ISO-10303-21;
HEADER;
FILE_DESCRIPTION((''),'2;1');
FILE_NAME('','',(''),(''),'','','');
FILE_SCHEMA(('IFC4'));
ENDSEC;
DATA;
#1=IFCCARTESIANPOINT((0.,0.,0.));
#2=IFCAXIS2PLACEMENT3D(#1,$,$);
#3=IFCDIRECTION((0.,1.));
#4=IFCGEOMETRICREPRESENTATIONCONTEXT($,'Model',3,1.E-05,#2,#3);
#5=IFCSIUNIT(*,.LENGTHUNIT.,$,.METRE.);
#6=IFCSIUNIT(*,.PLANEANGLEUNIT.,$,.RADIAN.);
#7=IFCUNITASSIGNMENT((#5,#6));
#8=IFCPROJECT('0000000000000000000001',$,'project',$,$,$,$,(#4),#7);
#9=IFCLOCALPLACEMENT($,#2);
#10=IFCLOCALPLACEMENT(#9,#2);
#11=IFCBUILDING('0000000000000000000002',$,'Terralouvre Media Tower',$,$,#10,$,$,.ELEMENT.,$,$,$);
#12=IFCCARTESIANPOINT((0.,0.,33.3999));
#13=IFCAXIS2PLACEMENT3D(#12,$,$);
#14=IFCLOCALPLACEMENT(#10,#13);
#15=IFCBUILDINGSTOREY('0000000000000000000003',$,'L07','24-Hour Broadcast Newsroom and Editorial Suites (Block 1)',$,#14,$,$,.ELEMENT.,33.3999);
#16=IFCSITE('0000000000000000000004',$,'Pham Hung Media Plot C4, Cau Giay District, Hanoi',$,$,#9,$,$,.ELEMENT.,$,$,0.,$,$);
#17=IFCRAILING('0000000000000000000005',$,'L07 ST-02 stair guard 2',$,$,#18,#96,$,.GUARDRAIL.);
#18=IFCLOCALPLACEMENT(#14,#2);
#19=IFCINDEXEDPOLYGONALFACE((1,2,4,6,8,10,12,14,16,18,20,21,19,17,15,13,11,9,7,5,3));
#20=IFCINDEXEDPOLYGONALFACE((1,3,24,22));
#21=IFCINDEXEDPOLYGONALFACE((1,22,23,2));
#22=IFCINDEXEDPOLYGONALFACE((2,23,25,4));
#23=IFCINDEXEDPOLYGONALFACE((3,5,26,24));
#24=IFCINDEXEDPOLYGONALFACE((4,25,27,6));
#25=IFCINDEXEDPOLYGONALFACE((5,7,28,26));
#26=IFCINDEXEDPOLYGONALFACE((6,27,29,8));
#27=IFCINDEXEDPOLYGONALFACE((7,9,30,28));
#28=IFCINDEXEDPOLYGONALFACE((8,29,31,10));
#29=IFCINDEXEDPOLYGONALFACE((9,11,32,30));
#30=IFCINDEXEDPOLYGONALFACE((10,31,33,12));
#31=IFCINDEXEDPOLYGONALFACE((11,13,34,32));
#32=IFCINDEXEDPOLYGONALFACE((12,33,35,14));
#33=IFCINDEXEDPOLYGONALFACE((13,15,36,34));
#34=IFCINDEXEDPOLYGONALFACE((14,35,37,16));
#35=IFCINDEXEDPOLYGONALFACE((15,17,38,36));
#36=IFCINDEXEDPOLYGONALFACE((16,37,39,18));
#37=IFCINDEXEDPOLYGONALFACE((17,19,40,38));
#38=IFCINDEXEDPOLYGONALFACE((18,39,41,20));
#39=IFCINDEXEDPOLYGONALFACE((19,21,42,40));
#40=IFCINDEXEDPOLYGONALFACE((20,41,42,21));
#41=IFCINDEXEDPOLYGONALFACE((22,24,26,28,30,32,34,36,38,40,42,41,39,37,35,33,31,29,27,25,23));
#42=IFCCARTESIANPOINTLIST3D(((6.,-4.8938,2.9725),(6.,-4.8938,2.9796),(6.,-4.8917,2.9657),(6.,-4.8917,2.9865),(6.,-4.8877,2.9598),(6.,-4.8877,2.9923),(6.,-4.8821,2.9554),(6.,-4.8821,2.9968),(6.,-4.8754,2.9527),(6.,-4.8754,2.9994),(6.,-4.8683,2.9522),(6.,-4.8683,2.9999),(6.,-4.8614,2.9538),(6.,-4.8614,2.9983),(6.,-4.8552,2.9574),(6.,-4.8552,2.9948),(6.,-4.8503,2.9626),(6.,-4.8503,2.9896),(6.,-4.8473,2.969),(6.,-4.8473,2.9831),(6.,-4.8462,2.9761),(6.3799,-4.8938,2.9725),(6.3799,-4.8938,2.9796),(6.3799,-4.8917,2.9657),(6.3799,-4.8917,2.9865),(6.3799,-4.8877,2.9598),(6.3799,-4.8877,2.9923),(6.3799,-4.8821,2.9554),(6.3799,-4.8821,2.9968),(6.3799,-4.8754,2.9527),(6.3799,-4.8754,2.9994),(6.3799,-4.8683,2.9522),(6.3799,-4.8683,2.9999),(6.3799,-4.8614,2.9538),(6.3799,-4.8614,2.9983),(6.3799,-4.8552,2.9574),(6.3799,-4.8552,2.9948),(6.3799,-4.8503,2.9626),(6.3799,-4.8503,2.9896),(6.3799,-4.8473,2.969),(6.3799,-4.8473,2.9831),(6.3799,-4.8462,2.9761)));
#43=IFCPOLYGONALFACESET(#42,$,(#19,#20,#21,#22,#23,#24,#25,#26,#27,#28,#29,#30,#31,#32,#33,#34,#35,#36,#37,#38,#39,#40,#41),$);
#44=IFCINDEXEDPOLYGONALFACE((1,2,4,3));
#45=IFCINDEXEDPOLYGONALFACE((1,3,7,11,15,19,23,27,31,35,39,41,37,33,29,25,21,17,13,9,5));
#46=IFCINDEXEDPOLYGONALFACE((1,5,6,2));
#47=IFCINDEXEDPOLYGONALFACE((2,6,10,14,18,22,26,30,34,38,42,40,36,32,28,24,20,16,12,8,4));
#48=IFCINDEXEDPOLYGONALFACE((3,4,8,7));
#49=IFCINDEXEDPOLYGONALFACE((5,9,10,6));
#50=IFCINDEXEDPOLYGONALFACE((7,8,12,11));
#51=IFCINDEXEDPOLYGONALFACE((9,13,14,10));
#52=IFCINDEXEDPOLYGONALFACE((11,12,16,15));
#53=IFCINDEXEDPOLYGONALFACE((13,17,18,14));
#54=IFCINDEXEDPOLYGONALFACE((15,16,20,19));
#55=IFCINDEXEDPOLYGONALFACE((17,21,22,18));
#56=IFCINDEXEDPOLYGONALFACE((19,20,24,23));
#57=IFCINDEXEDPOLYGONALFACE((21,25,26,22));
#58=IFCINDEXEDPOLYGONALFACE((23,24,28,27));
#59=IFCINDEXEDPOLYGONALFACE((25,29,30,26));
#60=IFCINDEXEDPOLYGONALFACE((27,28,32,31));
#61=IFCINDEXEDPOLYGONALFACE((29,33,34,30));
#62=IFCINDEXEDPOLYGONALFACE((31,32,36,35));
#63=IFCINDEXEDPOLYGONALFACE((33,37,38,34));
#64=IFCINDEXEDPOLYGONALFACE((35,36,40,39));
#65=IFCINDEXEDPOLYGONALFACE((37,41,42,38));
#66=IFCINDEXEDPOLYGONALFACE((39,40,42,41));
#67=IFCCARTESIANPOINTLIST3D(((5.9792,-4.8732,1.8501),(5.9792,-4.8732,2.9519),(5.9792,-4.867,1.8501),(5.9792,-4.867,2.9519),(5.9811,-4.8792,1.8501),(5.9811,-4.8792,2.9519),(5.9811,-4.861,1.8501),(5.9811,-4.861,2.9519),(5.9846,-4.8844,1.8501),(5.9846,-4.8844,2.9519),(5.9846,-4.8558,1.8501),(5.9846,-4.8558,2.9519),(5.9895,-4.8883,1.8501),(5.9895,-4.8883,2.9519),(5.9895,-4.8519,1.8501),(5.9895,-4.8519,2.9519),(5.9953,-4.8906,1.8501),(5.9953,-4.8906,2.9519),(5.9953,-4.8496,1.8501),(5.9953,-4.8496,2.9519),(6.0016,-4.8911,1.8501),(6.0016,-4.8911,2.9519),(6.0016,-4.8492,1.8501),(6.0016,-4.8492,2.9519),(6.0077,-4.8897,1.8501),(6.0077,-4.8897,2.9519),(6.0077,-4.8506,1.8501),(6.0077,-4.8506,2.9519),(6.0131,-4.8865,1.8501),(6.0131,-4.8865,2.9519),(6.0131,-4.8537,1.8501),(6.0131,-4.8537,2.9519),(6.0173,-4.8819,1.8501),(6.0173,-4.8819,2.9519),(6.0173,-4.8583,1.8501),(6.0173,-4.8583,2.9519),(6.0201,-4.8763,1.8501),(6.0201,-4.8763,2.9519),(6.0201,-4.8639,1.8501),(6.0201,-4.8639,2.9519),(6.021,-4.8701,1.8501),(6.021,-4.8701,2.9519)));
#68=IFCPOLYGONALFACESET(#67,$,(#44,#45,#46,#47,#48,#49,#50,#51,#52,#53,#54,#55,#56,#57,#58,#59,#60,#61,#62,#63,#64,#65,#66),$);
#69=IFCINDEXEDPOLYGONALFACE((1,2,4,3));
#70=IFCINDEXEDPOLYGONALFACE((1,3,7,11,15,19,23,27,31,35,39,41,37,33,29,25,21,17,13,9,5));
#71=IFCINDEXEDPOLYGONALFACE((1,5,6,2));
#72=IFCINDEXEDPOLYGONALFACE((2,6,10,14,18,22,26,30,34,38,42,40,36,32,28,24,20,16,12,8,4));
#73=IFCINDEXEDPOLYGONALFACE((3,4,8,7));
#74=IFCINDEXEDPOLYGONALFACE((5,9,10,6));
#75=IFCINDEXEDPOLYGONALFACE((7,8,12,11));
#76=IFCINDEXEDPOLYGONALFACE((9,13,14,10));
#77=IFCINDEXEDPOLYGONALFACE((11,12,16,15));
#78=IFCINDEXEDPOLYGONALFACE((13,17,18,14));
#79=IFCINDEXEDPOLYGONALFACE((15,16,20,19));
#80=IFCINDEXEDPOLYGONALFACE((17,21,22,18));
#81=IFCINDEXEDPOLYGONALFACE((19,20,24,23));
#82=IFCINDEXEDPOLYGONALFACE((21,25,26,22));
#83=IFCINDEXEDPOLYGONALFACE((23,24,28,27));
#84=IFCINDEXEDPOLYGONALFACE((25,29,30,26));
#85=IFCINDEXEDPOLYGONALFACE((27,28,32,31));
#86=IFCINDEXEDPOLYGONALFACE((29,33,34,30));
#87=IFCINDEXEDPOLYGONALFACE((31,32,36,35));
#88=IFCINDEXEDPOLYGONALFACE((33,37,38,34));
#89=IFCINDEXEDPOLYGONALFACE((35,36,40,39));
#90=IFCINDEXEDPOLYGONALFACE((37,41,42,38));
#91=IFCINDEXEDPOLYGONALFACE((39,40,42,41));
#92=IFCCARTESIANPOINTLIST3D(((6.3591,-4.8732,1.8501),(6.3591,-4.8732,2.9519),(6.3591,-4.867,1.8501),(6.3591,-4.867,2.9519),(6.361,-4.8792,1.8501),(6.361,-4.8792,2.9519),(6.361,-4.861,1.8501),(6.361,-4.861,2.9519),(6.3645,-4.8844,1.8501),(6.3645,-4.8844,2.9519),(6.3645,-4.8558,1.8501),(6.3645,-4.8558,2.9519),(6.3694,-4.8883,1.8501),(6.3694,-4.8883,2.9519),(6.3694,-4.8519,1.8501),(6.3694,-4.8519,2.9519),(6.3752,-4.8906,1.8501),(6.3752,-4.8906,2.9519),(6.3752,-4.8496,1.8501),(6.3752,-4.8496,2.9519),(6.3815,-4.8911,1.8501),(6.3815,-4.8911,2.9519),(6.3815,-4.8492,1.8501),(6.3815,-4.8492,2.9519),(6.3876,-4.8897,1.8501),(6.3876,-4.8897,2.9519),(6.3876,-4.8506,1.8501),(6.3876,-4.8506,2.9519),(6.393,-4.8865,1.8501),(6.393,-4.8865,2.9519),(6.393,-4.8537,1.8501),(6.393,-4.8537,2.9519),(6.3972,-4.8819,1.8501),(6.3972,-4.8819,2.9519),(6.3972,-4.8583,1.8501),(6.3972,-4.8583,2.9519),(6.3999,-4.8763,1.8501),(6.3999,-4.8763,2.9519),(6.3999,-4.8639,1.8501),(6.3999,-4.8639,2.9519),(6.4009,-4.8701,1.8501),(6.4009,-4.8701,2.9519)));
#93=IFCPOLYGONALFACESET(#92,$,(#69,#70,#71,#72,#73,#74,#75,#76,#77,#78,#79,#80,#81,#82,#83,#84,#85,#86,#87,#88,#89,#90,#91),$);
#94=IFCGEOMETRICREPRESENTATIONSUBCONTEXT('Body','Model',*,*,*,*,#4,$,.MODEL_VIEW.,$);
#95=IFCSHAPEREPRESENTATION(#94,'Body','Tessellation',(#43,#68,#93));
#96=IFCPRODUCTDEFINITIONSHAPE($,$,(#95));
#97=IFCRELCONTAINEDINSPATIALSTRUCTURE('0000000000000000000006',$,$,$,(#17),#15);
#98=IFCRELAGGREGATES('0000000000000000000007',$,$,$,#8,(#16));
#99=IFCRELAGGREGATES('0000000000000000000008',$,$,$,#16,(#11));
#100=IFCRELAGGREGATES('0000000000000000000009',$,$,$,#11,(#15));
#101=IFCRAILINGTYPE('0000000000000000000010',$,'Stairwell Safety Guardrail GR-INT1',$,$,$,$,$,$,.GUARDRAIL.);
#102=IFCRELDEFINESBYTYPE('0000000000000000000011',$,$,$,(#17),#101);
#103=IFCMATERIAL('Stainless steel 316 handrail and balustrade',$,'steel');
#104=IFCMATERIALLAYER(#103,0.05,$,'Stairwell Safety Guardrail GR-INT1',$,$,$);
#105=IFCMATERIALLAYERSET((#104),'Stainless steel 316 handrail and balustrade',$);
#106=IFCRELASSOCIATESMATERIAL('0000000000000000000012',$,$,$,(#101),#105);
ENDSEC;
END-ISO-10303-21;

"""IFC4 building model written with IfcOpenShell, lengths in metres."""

from ifc_helpers import new_model, si_unit, direction, frame, origin, origin_2d, place, context, subcontext, project, spatial, circle, extrude, material, layer, layer_set, type_object, element, save


model = new_model("IFC4")

# Units and contexts
model_context = context("Model", 3, precision=1e-05, world=origin(), true_north=direction((0.0, 1.0)))
body_context = subcontext(model_context, "Body", "Model", "MODEL_VIEW")
ifc_project = project(units=[si_unit("LENGTHUNIT", "METRE"), si_unit("PLANEANGLEUNIT", "RADIAN")], contexts=[model_context])

# Site, building, storey
site_placement = place(None, origin())
site = spatial("IfcSite", under=ifc_project, at=site_placement, Name="Pham Hung Media Plot C4, Cau Giay District, Hanoi", CompositionType="ELEMENT", RefElevation=0.0)
building_placement = place(site_placement, origin())
building = spatial("IfcBuilding", under=site, at=building_placement, Name="Terralouvre Media Tower", CompositionType="ELEMENT")
storey_placement = place(building_placement, frame((0.0, 0.0, 33.3999)))
storey = spatial("IfcBuildingStorey", under=building, at=storey_placement, Name="L07", Description="24-Hour Broadcast Newsroom and Editorial Suites (Block 1)", CompositionType="ELEMENT", Elevation=33.3999)

# Railing
ifc_material_1 = material(Name="Stainless steel 316 handrail and balustrade", Category="steel")
ifc_layer_1 = layer(ifc_material_1, 0.05, Name="Stairwell Safety Guardrail GR-INT1")
ifc_layer_set_1 = layer_set([ifc_layer_1], Name="Stainless steel 316 handrail and balustrade")
railing_type_1 = type_object("IfcRailingType", Name="Stairwell Safety Guardrail GR-INT1", PredefinedType="GUARDRAIL", material=ifc_layer_set_1)
railing_1_placement = place(storey_placement, frame((6.0, -4.8701, 1.8501)))
element("IfcRailing", 1, at=railing_1_placement, inside=storey, type_object=railing_type_1, Name="L07 ST-02 stair guard 2", PredefinedType="GUARDRAIL", context=body_context, shape_type="SweptSolid", body=[
    extrude(circle(Radius=0.0239, at=origin_2d()), frame((0.0, 0.0, 1.126), z_axis=(1.0, 0.0, 0.0), x_axis=(0.0, 1.0, 0.0)), (0.0, 0.0, 1.0), 0.3799),
    extrude(circle(Radius=0.021, at=origin_2d()), origin(), (0.0, 0.0, 1.0), 1.1018),
    extrude(circle(Radius=0.021, at=origin_2d()), frame((0.3799, 0.0, 0.0)), (0.0, 0.0, 1.0), 1.1018),
])

save(model, "model.ifc")
